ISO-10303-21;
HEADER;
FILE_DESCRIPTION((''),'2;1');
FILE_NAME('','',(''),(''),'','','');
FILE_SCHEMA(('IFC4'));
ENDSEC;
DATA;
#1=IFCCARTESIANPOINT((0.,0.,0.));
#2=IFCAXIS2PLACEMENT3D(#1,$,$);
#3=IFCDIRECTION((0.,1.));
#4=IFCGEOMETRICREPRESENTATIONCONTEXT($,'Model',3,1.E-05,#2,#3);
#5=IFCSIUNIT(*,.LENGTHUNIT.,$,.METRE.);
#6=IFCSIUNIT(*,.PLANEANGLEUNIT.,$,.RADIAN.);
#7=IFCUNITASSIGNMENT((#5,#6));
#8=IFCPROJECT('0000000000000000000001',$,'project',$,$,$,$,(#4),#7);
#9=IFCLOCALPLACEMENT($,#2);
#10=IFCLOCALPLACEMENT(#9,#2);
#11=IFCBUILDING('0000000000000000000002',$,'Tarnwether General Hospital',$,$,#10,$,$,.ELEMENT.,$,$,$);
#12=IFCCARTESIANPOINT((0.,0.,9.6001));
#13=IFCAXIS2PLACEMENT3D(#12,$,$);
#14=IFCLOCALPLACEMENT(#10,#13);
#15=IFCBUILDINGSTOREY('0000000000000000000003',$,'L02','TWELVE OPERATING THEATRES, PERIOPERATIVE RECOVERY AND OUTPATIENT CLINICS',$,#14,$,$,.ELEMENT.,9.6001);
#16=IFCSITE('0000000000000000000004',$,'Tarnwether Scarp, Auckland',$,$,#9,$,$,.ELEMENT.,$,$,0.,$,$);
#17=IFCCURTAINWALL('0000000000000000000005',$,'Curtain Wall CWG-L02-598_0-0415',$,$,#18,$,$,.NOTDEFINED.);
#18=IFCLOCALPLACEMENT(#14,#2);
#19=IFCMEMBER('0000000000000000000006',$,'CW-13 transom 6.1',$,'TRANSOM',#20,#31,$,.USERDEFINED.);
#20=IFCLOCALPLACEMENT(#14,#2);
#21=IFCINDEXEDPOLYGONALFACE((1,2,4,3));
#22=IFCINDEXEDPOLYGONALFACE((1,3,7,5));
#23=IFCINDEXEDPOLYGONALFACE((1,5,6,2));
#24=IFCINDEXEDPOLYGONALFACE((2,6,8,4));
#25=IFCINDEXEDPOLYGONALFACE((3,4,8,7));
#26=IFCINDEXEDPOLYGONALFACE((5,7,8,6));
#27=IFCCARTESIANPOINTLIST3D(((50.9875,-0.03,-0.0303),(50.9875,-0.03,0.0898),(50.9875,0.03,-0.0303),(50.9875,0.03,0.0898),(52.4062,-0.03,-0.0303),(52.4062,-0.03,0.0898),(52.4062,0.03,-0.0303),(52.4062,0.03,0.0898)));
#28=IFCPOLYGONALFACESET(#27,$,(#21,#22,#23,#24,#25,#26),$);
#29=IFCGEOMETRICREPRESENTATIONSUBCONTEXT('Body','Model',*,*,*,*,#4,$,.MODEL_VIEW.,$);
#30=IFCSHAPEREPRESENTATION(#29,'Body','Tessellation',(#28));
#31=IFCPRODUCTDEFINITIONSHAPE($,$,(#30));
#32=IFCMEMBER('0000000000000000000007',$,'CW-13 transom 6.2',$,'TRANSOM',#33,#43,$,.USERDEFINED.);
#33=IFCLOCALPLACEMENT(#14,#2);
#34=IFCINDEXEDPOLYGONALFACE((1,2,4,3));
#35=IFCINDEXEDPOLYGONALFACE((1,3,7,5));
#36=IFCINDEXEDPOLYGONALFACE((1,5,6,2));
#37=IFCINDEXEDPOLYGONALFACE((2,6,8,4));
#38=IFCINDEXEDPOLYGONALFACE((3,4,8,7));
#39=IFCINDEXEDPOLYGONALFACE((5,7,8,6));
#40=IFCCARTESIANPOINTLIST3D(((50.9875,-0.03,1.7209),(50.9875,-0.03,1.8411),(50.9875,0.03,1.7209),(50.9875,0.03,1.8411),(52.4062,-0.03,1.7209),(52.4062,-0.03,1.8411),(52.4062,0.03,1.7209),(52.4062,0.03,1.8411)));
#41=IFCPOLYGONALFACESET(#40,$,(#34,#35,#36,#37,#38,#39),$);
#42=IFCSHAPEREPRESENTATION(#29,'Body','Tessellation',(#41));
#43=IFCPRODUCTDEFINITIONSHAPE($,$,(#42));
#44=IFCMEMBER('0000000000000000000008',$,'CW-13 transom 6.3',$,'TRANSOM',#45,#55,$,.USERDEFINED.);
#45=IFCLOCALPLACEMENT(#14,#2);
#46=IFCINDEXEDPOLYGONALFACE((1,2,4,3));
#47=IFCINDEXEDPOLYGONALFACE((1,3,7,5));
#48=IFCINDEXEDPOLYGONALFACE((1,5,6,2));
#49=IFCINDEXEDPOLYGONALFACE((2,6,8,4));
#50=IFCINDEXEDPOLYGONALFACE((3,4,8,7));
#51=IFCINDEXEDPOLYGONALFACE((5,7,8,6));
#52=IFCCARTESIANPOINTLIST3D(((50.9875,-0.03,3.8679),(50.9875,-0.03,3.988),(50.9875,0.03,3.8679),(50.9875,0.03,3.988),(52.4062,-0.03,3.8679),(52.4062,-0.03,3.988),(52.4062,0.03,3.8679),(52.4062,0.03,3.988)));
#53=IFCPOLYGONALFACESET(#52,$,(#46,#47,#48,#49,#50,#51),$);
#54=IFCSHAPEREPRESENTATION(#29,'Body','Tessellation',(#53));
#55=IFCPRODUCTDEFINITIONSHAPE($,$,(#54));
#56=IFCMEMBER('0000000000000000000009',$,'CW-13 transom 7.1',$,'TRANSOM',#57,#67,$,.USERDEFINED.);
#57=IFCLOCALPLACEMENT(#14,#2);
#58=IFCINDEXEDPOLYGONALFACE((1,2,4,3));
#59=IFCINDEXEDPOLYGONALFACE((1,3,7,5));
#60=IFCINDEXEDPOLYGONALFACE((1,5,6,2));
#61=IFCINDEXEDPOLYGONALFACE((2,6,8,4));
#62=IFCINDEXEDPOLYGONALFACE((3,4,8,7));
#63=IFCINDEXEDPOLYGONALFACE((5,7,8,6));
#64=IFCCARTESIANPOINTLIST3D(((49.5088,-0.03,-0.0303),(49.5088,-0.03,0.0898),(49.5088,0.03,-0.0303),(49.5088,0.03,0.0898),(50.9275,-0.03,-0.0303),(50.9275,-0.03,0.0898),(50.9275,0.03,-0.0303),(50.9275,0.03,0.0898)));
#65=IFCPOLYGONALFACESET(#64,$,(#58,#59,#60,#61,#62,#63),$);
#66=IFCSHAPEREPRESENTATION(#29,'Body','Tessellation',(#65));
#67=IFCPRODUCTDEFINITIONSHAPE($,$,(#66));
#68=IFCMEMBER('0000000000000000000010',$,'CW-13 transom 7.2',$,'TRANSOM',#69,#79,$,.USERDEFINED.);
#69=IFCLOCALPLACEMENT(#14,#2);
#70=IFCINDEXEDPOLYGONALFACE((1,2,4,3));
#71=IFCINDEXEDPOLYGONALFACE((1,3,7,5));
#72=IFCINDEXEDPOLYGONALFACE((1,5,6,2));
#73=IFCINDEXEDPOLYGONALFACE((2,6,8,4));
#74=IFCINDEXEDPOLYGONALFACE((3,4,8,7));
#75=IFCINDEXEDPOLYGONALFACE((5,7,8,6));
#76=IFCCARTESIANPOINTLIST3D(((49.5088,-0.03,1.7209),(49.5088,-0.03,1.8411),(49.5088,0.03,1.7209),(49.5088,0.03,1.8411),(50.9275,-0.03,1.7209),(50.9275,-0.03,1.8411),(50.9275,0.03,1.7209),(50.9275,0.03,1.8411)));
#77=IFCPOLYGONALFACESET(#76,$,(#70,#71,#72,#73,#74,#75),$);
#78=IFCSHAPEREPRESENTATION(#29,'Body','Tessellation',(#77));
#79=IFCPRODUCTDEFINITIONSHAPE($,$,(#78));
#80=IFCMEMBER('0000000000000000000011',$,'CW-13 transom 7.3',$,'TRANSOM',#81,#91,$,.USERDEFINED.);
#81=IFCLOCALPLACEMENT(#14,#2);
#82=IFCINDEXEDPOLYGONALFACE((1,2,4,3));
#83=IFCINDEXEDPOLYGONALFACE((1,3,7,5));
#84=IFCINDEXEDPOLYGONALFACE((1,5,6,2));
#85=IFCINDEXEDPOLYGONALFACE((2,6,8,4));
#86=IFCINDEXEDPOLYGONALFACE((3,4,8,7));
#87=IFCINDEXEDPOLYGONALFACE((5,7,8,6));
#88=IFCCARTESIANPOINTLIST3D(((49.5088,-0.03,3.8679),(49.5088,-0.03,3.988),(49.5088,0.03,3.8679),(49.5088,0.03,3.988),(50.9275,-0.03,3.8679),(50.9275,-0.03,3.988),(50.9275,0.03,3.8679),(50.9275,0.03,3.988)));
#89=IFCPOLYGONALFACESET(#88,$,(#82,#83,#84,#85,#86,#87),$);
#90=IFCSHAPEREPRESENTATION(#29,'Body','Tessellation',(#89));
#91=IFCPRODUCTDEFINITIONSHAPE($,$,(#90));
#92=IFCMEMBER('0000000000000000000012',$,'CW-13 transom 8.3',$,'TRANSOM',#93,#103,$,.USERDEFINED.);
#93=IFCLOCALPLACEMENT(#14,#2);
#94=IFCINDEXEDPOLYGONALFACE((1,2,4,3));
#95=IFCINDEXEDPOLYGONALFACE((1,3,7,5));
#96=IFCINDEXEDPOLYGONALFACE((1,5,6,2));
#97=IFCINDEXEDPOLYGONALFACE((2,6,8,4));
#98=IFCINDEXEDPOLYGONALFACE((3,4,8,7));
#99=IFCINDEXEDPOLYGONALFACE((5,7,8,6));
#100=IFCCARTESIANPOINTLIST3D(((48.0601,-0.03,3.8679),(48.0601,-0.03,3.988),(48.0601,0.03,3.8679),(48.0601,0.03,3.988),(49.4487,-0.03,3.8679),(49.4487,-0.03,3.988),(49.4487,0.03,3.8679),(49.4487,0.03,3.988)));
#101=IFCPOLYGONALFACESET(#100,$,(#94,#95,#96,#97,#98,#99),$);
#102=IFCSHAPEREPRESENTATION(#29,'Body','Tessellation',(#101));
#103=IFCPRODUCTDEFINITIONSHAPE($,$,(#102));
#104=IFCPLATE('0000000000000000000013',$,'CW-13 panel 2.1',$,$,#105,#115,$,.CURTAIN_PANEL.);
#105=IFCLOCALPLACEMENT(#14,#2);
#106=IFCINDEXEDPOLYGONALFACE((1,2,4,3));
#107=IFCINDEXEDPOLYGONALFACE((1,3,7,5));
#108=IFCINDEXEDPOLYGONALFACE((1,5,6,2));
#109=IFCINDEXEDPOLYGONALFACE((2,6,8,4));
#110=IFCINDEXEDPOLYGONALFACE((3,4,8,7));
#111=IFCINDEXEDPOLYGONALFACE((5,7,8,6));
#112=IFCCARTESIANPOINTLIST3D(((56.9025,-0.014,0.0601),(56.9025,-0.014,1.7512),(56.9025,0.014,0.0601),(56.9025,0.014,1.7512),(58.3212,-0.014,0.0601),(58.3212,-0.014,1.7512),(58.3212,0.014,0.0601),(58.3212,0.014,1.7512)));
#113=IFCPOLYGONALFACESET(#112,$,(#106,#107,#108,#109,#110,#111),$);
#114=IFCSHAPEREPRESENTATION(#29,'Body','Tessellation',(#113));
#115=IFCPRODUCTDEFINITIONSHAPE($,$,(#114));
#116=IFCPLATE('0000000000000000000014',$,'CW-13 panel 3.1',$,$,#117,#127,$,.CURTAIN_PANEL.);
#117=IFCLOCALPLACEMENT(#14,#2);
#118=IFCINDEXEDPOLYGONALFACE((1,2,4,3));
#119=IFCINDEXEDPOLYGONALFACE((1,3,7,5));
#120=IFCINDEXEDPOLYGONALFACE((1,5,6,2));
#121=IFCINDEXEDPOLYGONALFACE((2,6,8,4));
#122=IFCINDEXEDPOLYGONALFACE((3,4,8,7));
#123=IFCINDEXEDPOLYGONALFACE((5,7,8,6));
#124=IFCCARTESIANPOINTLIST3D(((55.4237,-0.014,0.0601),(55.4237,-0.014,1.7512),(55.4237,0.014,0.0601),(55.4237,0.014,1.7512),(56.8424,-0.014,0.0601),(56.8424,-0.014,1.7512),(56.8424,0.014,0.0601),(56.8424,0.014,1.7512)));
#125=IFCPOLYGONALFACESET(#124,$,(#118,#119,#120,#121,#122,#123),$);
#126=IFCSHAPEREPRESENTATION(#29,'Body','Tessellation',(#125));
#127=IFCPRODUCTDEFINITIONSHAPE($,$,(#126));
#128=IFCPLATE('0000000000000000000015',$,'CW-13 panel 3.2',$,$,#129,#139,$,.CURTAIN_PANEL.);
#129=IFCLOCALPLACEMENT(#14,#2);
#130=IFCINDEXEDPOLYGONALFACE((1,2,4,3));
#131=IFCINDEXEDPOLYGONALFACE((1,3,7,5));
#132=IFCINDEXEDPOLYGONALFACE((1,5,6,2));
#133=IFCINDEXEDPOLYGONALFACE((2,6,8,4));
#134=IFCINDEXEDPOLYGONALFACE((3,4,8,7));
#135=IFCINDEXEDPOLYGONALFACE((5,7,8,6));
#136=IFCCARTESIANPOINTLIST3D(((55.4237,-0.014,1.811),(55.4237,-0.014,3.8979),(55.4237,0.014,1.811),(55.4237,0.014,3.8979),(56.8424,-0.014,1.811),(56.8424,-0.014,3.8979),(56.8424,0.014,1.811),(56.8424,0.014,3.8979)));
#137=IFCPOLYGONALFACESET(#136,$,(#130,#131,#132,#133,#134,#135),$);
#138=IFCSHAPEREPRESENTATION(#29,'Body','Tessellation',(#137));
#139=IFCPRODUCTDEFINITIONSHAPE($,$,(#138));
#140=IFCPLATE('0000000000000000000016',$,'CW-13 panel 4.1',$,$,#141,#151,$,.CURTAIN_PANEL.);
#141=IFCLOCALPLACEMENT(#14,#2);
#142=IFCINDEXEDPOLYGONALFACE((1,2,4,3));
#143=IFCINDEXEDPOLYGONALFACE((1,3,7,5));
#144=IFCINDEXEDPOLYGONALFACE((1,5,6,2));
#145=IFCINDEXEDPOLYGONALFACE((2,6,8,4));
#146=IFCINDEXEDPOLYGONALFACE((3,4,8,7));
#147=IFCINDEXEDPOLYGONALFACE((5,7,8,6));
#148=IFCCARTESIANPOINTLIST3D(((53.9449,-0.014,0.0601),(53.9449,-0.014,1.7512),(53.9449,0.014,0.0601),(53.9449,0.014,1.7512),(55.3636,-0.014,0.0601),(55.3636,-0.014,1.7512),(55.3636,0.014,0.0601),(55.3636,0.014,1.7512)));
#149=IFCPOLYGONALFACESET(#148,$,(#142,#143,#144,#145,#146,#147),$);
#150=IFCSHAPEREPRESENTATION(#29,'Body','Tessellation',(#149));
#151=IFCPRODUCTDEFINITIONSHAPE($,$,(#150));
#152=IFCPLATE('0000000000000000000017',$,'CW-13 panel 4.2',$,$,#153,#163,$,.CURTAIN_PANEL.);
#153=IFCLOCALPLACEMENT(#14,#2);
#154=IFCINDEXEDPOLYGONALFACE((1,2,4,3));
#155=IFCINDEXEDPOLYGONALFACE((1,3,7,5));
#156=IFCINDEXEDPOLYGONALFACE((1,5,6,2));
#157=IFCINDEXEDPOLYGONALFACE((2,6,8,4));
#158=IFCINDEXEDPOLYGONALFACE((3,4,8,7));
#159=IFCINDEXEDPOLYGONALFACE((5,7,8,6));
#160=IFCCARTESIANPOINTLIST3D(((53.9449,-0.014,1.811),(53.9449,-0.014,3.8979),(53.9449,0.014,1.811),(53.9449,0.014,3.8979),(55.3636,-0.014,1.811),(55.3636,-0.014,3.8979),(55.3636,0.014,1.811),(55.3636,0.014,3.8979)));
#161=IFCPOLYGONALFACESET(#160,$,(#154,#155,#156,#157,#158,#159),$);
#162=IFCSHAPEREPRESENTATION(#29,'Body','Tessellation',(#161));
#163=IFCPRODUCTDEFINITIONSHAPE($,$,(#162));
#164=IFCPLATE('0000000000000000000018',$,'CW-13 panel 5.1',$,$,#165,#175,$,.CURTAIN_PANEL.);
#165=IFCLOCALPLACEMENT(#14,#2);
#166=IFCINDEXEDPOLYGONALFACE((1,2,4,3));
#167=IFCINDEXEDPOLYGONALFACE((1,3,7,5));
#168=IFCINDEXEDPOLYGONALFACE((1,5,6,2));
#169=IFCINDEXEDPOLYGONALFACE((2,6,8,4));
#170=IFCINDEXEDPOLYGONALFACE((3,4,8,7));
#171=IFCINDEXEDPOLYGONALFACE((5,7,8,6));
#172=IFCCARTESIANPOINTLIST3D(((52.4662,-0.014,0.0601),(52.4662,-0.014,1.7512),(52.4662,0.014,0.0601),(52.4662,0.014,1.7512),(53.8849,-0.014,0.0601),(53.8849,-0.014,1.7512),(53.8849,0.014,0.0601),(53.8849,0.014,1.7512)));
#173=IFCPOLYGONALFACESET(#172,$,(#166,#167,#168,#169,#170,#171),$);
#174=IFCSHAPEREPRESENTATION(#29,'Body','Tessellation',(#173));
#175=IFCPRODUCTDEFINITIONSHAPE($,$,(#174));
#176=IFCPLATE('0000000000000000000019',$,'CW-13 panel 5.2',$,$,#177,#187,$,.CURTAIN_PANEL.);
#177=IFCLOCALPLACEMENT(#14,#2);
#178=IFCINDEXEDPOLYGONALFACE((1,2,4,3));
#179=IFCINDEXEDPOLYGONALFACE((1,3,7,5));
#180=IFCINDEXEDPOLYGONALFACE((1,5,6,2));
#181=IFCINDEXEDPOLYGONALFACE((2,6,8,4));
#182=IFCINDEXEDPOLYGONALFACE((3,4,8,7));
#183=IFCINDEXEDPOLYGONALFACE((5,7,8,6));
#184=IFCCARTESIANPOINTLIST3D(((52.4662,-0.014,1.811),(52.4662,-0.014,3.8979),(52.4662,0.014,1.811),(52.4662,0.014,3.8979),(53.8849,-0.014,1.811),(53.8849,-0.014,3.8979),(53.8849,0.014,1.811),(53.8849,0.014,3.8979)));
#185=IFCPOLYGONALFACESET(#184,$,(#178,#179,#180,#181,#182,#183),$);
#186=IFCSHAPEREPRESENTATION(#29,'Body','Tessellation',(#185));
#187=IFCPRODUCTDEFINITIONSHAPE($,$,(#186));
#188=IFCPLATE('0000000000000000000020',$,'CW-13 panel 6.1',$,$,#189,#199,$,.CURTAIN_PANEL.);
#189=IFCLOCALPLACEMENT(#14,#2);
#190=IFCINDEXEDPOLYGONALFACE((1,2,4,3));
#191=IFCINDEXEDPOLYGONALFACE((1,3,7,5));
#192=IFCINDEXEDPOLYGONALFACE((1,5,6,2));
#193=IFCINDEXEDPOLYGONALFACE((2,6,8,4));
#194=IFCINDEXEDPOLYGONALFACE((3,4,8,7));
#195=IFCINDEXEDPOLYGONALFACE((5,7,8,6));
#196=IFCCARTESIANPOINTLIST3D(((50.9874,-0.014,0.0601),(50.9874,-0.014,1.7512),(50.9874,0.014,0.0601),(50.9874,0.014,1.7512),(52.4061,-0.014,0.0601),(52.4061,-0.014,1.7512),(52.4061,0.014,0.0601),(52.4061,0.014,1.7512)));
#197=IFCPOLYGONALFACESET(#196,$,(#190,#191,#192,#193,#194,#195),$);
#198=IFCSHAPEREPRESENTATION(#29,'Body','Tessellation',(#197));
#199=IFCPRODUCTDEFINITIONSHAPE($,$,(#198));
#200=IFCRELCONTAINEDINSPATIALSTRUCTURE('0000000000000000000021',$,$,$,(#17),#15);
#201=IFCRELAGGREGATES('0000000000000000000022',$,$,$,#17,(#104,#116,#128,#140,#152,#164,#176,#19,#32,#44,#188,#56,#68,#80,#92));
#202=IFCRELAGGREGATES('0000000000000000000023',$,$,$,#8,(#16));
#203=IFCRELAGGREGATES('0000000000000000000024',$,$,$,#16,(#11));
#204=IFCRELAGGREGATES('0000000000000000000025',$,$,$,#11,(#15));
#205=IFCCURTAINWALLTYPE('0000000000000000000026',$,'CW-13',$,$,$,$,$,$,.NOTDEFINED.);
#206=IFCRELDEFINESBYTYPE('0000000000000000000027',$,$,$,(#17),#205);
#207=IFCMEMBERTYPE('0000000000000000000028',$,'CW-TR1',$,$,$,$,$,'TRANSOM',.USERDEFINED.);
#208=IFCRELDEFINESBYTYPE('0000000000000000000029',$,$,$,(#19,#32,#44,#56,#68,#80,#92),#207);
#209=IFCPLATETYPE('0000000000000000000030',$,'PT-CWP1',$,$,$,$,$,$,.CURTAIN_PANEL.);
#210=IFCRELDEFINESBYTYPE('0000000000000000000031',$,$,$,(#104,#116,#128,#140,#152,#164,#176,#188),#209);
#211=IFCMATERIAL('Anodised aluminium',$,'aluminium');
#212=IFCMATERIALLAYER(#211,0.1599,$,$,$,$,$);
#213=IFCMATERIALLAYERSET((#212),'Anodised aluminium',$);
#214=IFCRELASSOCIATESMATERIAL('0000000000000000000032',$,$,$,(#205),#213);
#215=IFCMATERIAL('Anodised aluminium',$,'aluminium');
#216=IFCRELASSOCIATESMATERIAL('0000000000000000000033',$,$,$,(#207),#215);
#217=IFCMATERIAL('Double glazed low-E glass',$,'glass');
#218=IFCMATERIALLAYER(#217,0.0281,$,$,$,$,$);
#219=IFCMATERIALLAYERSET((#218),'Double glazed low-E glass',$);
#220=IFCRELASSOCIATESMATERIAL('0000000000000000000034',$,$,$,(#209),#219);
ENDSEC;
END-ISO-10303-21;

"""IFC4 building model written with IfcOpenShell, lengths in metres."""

from ifc_helpers import new_model, si_unit, direction, frame, origin, origin_2d, place, context, subcontext, project, spatial, rectangle, extrude, material, layer, layer_set, material_profile, profile_set, type_object, element, aggregate, save


model = new_model("IFC4")

# Units and contexts
model_context = context("Model", 3, precision=1e-05, world=origin(), true_north=direction((0.0, 1.0)))
body_context = subcontext(model_context, "Body", "Model", "MODEL_VIEW")
ifc_project = project(units=[si_unit("LENGTHUNIT", "METRE"), si_unit("PLANEANGLEUNIT", "RADIAN")], contexts=[model_context])

# Site, building, storey
site_placement = place(None, origin())
site = spatial("IfcSite", under=ifc_project, at=site_placement, Name="Tarnwether Scarp, Auckland", CompositionType="ELEMENT", RefElevation=0.0)
building_placement = place(site_placement, origin())
building = spatial("IfcBuilding", under=site, at=building_placement, Name="Tarnwether General Hospital", CompositionType="ELEMENT")
storey_placement = place(building_placement, frame((0.0, 0.0, 9.6001)))
storey = spatial("IfcBuildingStorey", under=building, at=storey_placement, Name="L02", Description="TWELVE OPERATING THEATRES, PERIOPERATIVE RECOVERY AND OUTPATIENT CLINICS", CompositionType="ELEMENT", Elevation=9.6001)

# Curtain wall, members, plates
ifc_material_1 = material(Name="Anodised aluminium", Category="aluminium")
ifc_layer_1 = layer(ifc_material_1, 0.1599)
ifc_layer_set_1 = layer_set([ifc_layer_1], Name="Anodised aluminium")
curtain_wall_type = type_object("IfcCurtainWallType", Name="CW-13", PredefinedType="NOTDEFINED", material=ifc_layer_set_1)
curtain_wall_placement = place(storey_placement, origin())
curtain_wall = element("IfcCurtainWall", 1, at=curtain_wall_placement, inside=storey, type_object=curtain_wall_type, Name="Curtain Wall CWG-L02-598_0-0415", PredefinedType="NOTDEFINED")
ifc_material_2 = material(Name="Anodised aluminium", Category="aluminium")
ifc_material_profile_1 = material_profile(ifc_material_2, rectangle(XDim=0.0601, YDim=0.1201, at=origin_2d()), Name="ALU-TRN-60x120")
ifc_profile_set_1 = profile_set([ifc_material_profile_1], Name="Anodised aluminium")
member_type_1 = type_object("IfcMemberType", Name="CW-TR1", ElementType="TRANSOM", PredefinedType="USERDEFINED", material=ifc_profile_set_1)
member_1_placement = place(storey_placement, frame((52.4062, 0.0, 0.0298), z_axis=(-1.0, 0.0, 0.0), x_axis=(0.0, -1.0, 0.0)))
member_1 = element("IfcMember", 2, at=member_1_placement, type_object=member_type_1, Name="CW-13 transom 6.1", ObjectType="TRANSOM", PredefinedType="USERDEFINED", context=body_context, shape_type="SweptSolid", body=[
    extrude(rectangle(XDim=0.0601, YDim=0.1201, at=origin_2d()), origin(), (0.0, 0.0, 1.0), 1.4187),
])
member_2_placement = place(storey_placement, frame((52.4062, 0.0, 1.781), z_axis=(-1.0, 0.0, 0.0), x_axis=(0.0, -1.0, 0.0)))
member_2 = element("IfcMember", 3, at=member_2_placement, type_object=member_type_1, Name="CW-13 transom 6.2", ObjectType="TRANSOM", PredefinedType="USERDEFINED", context=body_context, shape_type="SweptSolid", body=[
    extrude(rectangle(XDim=0.0601, YDim=0.1201, at=origin_2d()), origin(), (0.0, 0.0, 1.0), 1.4187),
])
member_3_placement = place(storey_placement, frame((52.4062, 0.0, 3.928), z_axis=(-1.0, 0.0, 0.0), x_axis=(0.0, -1.0, 0.0)))
member_3 = element("IfcMember", 4, at=member_3_placement, type_object=member_type_1, Name="CW-13 transom 6.3", ObjectType="TRANSOM", PredefinedType="USERDEFINED", context=body_context, shape_type="SweptSolid", body=[
    extrude(rectangle(XDim=0.0601, YDim=0.1201, at=origin_2d()), origin(), (0.0, 0.0, 1.0), 1.4187),
])
member_4_placement = place(storey_placement, frame((50.9275, 0.0, 0.0298), z_axis=(-1.0, 0.0, 0.0), x_axis=(0.0, -1.0, 0.0)))
member_4 = element("IfcMember", 5, at=member_4_placement, type_object=member_type_1, Name="CW-13 transom 7.1", ObjectType="TRANSOM", PredefinedType="USERDEFINED", context=body_context, shape_type="SweptSolid", body=[
    extrude(rectangle(XDim=0.0601, YDim=0.1201, at=origin_2d()), origin(), (0.0, 0.0, 1.0), 1.4187),
])
member_5_placement = place(storey_placement, frame((50.9275, 0.0, 1.781), z_axis=(-1.0, 0.0, 0.0), x_axis=(0.0, -1.0, 0.0)))
member_5 = element("IfcMember", 6, at=member_5_placement, type_object=member_type_1, Name="CW-13 transom 7.2", ObjectType="TRANSOM", PredefinedType="USERDEFINED", context=body_context, shape_type="SweptSolid", body=[
    extrude(rectangle(XDim=0.0601, YDim=0.1201, at=origin_2d()), origin(), (0.0, 0.0, 1.0), 1.4187),
])
member_6_placement = place(storey_placement, frame((50.9275, 0.0, 3.928), z_axis=(-1.0, 0.0, 0.0), x_axis=(0.0, -1.0, 0.0)))
member_6 = element("IfcMember", 7, at=member_6_placement, type_object=member_type_1, Name="CW-13 transom 7.3", ObjectType="TRANSOM", PredefinedType="USERDEFINED", context=body_context, shape_type="SweptSolid", body=[
    extrude(rectangle(XDim=0.0601, YDim=0.1201, at=origin_2d()), origin(), (0.0, 0.0, 1.0), 1.4187),
])
member_7_placement = place(storey_placement, frame((49.4487, 0.0, 3.928), z_axis=(-1.0, 0.0, 0.0), x_axis=(0.0, -1.0, 0.0)))
member_7 = element("IfcMember", 8, at=member_7_placement, type_object=member_type_1, Name="CW-13 transom 8.3", ObjectType="TRANSOM", PredefinedType="USERDEFINED", context=body_context, shape_type="SweptSolid", body=[
    extrude(rectangle(XDim=0.0601, YDim=0.1201, at=origin_2d()), origin(), (0.0, 0.0, 1.0), 1.3887),
])
ifc_material_3 = material(Name="Double glazed low-E glass", Category="glass")
ifc_layer_2 = layer(ifc_material_3, 0.0281)
ifc_layer_set_2 = layer_set([ifc_layer_2], Name="Double glazed low-E glass")
plate_type = type_object("IfcPlateType", Name="PT-CWP1", PredefinedType="CURTAIN_PANEL", material=ifc_layer_set_2)
plate_1_placement = place(storey_placement, frame((57.6118, 0.0, 0.0601), z_axis=(0.0, 0.0, 1.0), x_axis=(-1.0, 0.0, 0.0)))
plate_1 = element("IfcPlate", 9, at=plate_1_placement, type_object=plate_type, Name="CW-13 panel 2.1", PredefinedType="CURTAIN_PANEL", context=body_context, shape_type="SweptSolid", body=[
    extrude(rectangle(XDim=1.4187, YDim=0.0281, at=origin_2d()), origin(), (0.0, 0.0, 1.0), 1.6912),
])
plate_2_placement = place(storey_placement, frame((56.1331, 0.0, 0.0601), z_axis=(0.0, 0.0, 1.0), x_axis=(-1.0, 0.0, 0.0)))
plate_2 = element("IfcPlate", 10, at=plate_2_placement, type_object=plate_type, Name="CW-13 panel 3.1", PredefinedType="CURTAIN_PANEL", context=body_context, shape_type="SweptSolid", body=[
    extrude(rectangle(XDim=1.4187, YDim=0.0281, at=origin_2d()), origin(), (0.0, 0.0, 1.0), 1.6912),
])
plate_3_placement = place(storey_placement, frame((56.1331, 0.0, 1.811), z_axis=(0.0, 0.0, 1.0), x_axis=(-1.0, 0.0, 0.0)))
plate_3 = element("IfcPlate", 11, at=plate_3_placement, type_object=plate_type, Name="CW-13 panel 3.2", PredefinedType="CURTAIN_PANEL", context=body_context, shape_type="SweptSolid", body=[
    extrude(rectangle(XDim=1.4187, YDim=0.0281, at=origin_2d()), origin(), (0.0, 0.0, 1.0), 2.0869),
])
plate_4_placement = place(storey_placement, frame((54.6543, 0.0, 0.0601), z_axis=(0.0, 0.0, 1.0), x_axis=(-1.0, 0.0, 0.0)))
plate_4 = element("IfcPlate", 12, at=plate_4_placement, type_object=plate_type, Name="CW-13 panel 4.1", PredefinedType="CURTAIN_PANEL", context=body_context, shape_type="SweptSolid", body=[
    extrude(rectangle(XDim=1.4187, YDim=0.0281, at=origin_2d()), origin(), (0.0, 0.0, 1.0), 1.6912),
])
plate_5_placement = place(storey_placement, frame((54.6543, 0.0, 1.811), z_axis=(0.0, 0.0, 1.0), x_axis=(-1.0, 0.0, 0.0)))
plate_5 = element("IfcPlate", 13, at=plate_5_placement, type_object=plate_type, Name="CW-13 panel 4.2", PredefinedType="CURTAIN_PANEL", context=body_context, shape_type="SweptSolid", body=[
    extrude(rectangle(XDim=1.4187, YDim=0.0281, at=origin_2d()), origin(), (0.0, 0.0, 1.0), 2.0869),
])
plate_6_placement = place(storey_placement, frame((53.1755, 0.0, 0.0601), z_axis=(0.0, 0.0, 1.0), x_axis=(-1.0, 0.0, 0.0)))
plate_6 = element("IfcPlate", 14, at=plate_6_placement, type_object=plate_type, Name="CW-13 panel 5.1", PredefinedType="CURTAIN_PANEL", context=body_context, shape_type="SweptSolid", body=[
    extrude(rectangle(XDim=1.4187, YDim=0.0281, at=origin_2d()), origin(), (0.0, 0.0, 1.0), 1.6912),
])
plate_7_placement = place(storey_placement, frame((53.1755, 0.0, 1.811), z_axis=(0.0, 0.0, 1.0), x_axis=(-1.0, 0.0, 0.0)))
plate_7 = element("IfcPlate", 15, at=plate_7_placement, type_object=plate_type, Name="CW-13 panel 5.2", PredefinedType="CURTAIN_PANEL", context=body_context, shape_type="SweptSolid", body=[
    extrude(rectangle(XDim=1.4187, YDim=0.0281, at=origin_2d()), origin(), (0.0, 0.0, 1.0), 2.0869),
])
plate_8_placement = place(storey_placement, frame((51.6968, 0.0, 0.0601), z_axis=(0.0, 0.0, 1.0), x_axis=(-1.0, 0.0, 0.0)))
plate_8 = element("IfcPlate", 16, at=plate_8_placement, type_object=plate_type, Name="CW-13 panel 6.1", PredefinedType="CURTAIN_PANEL", context=body_context, shape_type="SweptSolid", body=[
    extrude(rectangle(XDim=1.4187, YDim=0.0281, at=origin_2d()), origin(), (0.0, 0.0, 1.0), 1.6912),
])
aggregate(curtain_wall, [plate_1, plate_2, plate_3, plate_4, plate_5, plate_6, plate_7, member_1, member_2, member_3, plate_8, member_4, member_5, member_6, member_7])

save(model, "model.ifc")
